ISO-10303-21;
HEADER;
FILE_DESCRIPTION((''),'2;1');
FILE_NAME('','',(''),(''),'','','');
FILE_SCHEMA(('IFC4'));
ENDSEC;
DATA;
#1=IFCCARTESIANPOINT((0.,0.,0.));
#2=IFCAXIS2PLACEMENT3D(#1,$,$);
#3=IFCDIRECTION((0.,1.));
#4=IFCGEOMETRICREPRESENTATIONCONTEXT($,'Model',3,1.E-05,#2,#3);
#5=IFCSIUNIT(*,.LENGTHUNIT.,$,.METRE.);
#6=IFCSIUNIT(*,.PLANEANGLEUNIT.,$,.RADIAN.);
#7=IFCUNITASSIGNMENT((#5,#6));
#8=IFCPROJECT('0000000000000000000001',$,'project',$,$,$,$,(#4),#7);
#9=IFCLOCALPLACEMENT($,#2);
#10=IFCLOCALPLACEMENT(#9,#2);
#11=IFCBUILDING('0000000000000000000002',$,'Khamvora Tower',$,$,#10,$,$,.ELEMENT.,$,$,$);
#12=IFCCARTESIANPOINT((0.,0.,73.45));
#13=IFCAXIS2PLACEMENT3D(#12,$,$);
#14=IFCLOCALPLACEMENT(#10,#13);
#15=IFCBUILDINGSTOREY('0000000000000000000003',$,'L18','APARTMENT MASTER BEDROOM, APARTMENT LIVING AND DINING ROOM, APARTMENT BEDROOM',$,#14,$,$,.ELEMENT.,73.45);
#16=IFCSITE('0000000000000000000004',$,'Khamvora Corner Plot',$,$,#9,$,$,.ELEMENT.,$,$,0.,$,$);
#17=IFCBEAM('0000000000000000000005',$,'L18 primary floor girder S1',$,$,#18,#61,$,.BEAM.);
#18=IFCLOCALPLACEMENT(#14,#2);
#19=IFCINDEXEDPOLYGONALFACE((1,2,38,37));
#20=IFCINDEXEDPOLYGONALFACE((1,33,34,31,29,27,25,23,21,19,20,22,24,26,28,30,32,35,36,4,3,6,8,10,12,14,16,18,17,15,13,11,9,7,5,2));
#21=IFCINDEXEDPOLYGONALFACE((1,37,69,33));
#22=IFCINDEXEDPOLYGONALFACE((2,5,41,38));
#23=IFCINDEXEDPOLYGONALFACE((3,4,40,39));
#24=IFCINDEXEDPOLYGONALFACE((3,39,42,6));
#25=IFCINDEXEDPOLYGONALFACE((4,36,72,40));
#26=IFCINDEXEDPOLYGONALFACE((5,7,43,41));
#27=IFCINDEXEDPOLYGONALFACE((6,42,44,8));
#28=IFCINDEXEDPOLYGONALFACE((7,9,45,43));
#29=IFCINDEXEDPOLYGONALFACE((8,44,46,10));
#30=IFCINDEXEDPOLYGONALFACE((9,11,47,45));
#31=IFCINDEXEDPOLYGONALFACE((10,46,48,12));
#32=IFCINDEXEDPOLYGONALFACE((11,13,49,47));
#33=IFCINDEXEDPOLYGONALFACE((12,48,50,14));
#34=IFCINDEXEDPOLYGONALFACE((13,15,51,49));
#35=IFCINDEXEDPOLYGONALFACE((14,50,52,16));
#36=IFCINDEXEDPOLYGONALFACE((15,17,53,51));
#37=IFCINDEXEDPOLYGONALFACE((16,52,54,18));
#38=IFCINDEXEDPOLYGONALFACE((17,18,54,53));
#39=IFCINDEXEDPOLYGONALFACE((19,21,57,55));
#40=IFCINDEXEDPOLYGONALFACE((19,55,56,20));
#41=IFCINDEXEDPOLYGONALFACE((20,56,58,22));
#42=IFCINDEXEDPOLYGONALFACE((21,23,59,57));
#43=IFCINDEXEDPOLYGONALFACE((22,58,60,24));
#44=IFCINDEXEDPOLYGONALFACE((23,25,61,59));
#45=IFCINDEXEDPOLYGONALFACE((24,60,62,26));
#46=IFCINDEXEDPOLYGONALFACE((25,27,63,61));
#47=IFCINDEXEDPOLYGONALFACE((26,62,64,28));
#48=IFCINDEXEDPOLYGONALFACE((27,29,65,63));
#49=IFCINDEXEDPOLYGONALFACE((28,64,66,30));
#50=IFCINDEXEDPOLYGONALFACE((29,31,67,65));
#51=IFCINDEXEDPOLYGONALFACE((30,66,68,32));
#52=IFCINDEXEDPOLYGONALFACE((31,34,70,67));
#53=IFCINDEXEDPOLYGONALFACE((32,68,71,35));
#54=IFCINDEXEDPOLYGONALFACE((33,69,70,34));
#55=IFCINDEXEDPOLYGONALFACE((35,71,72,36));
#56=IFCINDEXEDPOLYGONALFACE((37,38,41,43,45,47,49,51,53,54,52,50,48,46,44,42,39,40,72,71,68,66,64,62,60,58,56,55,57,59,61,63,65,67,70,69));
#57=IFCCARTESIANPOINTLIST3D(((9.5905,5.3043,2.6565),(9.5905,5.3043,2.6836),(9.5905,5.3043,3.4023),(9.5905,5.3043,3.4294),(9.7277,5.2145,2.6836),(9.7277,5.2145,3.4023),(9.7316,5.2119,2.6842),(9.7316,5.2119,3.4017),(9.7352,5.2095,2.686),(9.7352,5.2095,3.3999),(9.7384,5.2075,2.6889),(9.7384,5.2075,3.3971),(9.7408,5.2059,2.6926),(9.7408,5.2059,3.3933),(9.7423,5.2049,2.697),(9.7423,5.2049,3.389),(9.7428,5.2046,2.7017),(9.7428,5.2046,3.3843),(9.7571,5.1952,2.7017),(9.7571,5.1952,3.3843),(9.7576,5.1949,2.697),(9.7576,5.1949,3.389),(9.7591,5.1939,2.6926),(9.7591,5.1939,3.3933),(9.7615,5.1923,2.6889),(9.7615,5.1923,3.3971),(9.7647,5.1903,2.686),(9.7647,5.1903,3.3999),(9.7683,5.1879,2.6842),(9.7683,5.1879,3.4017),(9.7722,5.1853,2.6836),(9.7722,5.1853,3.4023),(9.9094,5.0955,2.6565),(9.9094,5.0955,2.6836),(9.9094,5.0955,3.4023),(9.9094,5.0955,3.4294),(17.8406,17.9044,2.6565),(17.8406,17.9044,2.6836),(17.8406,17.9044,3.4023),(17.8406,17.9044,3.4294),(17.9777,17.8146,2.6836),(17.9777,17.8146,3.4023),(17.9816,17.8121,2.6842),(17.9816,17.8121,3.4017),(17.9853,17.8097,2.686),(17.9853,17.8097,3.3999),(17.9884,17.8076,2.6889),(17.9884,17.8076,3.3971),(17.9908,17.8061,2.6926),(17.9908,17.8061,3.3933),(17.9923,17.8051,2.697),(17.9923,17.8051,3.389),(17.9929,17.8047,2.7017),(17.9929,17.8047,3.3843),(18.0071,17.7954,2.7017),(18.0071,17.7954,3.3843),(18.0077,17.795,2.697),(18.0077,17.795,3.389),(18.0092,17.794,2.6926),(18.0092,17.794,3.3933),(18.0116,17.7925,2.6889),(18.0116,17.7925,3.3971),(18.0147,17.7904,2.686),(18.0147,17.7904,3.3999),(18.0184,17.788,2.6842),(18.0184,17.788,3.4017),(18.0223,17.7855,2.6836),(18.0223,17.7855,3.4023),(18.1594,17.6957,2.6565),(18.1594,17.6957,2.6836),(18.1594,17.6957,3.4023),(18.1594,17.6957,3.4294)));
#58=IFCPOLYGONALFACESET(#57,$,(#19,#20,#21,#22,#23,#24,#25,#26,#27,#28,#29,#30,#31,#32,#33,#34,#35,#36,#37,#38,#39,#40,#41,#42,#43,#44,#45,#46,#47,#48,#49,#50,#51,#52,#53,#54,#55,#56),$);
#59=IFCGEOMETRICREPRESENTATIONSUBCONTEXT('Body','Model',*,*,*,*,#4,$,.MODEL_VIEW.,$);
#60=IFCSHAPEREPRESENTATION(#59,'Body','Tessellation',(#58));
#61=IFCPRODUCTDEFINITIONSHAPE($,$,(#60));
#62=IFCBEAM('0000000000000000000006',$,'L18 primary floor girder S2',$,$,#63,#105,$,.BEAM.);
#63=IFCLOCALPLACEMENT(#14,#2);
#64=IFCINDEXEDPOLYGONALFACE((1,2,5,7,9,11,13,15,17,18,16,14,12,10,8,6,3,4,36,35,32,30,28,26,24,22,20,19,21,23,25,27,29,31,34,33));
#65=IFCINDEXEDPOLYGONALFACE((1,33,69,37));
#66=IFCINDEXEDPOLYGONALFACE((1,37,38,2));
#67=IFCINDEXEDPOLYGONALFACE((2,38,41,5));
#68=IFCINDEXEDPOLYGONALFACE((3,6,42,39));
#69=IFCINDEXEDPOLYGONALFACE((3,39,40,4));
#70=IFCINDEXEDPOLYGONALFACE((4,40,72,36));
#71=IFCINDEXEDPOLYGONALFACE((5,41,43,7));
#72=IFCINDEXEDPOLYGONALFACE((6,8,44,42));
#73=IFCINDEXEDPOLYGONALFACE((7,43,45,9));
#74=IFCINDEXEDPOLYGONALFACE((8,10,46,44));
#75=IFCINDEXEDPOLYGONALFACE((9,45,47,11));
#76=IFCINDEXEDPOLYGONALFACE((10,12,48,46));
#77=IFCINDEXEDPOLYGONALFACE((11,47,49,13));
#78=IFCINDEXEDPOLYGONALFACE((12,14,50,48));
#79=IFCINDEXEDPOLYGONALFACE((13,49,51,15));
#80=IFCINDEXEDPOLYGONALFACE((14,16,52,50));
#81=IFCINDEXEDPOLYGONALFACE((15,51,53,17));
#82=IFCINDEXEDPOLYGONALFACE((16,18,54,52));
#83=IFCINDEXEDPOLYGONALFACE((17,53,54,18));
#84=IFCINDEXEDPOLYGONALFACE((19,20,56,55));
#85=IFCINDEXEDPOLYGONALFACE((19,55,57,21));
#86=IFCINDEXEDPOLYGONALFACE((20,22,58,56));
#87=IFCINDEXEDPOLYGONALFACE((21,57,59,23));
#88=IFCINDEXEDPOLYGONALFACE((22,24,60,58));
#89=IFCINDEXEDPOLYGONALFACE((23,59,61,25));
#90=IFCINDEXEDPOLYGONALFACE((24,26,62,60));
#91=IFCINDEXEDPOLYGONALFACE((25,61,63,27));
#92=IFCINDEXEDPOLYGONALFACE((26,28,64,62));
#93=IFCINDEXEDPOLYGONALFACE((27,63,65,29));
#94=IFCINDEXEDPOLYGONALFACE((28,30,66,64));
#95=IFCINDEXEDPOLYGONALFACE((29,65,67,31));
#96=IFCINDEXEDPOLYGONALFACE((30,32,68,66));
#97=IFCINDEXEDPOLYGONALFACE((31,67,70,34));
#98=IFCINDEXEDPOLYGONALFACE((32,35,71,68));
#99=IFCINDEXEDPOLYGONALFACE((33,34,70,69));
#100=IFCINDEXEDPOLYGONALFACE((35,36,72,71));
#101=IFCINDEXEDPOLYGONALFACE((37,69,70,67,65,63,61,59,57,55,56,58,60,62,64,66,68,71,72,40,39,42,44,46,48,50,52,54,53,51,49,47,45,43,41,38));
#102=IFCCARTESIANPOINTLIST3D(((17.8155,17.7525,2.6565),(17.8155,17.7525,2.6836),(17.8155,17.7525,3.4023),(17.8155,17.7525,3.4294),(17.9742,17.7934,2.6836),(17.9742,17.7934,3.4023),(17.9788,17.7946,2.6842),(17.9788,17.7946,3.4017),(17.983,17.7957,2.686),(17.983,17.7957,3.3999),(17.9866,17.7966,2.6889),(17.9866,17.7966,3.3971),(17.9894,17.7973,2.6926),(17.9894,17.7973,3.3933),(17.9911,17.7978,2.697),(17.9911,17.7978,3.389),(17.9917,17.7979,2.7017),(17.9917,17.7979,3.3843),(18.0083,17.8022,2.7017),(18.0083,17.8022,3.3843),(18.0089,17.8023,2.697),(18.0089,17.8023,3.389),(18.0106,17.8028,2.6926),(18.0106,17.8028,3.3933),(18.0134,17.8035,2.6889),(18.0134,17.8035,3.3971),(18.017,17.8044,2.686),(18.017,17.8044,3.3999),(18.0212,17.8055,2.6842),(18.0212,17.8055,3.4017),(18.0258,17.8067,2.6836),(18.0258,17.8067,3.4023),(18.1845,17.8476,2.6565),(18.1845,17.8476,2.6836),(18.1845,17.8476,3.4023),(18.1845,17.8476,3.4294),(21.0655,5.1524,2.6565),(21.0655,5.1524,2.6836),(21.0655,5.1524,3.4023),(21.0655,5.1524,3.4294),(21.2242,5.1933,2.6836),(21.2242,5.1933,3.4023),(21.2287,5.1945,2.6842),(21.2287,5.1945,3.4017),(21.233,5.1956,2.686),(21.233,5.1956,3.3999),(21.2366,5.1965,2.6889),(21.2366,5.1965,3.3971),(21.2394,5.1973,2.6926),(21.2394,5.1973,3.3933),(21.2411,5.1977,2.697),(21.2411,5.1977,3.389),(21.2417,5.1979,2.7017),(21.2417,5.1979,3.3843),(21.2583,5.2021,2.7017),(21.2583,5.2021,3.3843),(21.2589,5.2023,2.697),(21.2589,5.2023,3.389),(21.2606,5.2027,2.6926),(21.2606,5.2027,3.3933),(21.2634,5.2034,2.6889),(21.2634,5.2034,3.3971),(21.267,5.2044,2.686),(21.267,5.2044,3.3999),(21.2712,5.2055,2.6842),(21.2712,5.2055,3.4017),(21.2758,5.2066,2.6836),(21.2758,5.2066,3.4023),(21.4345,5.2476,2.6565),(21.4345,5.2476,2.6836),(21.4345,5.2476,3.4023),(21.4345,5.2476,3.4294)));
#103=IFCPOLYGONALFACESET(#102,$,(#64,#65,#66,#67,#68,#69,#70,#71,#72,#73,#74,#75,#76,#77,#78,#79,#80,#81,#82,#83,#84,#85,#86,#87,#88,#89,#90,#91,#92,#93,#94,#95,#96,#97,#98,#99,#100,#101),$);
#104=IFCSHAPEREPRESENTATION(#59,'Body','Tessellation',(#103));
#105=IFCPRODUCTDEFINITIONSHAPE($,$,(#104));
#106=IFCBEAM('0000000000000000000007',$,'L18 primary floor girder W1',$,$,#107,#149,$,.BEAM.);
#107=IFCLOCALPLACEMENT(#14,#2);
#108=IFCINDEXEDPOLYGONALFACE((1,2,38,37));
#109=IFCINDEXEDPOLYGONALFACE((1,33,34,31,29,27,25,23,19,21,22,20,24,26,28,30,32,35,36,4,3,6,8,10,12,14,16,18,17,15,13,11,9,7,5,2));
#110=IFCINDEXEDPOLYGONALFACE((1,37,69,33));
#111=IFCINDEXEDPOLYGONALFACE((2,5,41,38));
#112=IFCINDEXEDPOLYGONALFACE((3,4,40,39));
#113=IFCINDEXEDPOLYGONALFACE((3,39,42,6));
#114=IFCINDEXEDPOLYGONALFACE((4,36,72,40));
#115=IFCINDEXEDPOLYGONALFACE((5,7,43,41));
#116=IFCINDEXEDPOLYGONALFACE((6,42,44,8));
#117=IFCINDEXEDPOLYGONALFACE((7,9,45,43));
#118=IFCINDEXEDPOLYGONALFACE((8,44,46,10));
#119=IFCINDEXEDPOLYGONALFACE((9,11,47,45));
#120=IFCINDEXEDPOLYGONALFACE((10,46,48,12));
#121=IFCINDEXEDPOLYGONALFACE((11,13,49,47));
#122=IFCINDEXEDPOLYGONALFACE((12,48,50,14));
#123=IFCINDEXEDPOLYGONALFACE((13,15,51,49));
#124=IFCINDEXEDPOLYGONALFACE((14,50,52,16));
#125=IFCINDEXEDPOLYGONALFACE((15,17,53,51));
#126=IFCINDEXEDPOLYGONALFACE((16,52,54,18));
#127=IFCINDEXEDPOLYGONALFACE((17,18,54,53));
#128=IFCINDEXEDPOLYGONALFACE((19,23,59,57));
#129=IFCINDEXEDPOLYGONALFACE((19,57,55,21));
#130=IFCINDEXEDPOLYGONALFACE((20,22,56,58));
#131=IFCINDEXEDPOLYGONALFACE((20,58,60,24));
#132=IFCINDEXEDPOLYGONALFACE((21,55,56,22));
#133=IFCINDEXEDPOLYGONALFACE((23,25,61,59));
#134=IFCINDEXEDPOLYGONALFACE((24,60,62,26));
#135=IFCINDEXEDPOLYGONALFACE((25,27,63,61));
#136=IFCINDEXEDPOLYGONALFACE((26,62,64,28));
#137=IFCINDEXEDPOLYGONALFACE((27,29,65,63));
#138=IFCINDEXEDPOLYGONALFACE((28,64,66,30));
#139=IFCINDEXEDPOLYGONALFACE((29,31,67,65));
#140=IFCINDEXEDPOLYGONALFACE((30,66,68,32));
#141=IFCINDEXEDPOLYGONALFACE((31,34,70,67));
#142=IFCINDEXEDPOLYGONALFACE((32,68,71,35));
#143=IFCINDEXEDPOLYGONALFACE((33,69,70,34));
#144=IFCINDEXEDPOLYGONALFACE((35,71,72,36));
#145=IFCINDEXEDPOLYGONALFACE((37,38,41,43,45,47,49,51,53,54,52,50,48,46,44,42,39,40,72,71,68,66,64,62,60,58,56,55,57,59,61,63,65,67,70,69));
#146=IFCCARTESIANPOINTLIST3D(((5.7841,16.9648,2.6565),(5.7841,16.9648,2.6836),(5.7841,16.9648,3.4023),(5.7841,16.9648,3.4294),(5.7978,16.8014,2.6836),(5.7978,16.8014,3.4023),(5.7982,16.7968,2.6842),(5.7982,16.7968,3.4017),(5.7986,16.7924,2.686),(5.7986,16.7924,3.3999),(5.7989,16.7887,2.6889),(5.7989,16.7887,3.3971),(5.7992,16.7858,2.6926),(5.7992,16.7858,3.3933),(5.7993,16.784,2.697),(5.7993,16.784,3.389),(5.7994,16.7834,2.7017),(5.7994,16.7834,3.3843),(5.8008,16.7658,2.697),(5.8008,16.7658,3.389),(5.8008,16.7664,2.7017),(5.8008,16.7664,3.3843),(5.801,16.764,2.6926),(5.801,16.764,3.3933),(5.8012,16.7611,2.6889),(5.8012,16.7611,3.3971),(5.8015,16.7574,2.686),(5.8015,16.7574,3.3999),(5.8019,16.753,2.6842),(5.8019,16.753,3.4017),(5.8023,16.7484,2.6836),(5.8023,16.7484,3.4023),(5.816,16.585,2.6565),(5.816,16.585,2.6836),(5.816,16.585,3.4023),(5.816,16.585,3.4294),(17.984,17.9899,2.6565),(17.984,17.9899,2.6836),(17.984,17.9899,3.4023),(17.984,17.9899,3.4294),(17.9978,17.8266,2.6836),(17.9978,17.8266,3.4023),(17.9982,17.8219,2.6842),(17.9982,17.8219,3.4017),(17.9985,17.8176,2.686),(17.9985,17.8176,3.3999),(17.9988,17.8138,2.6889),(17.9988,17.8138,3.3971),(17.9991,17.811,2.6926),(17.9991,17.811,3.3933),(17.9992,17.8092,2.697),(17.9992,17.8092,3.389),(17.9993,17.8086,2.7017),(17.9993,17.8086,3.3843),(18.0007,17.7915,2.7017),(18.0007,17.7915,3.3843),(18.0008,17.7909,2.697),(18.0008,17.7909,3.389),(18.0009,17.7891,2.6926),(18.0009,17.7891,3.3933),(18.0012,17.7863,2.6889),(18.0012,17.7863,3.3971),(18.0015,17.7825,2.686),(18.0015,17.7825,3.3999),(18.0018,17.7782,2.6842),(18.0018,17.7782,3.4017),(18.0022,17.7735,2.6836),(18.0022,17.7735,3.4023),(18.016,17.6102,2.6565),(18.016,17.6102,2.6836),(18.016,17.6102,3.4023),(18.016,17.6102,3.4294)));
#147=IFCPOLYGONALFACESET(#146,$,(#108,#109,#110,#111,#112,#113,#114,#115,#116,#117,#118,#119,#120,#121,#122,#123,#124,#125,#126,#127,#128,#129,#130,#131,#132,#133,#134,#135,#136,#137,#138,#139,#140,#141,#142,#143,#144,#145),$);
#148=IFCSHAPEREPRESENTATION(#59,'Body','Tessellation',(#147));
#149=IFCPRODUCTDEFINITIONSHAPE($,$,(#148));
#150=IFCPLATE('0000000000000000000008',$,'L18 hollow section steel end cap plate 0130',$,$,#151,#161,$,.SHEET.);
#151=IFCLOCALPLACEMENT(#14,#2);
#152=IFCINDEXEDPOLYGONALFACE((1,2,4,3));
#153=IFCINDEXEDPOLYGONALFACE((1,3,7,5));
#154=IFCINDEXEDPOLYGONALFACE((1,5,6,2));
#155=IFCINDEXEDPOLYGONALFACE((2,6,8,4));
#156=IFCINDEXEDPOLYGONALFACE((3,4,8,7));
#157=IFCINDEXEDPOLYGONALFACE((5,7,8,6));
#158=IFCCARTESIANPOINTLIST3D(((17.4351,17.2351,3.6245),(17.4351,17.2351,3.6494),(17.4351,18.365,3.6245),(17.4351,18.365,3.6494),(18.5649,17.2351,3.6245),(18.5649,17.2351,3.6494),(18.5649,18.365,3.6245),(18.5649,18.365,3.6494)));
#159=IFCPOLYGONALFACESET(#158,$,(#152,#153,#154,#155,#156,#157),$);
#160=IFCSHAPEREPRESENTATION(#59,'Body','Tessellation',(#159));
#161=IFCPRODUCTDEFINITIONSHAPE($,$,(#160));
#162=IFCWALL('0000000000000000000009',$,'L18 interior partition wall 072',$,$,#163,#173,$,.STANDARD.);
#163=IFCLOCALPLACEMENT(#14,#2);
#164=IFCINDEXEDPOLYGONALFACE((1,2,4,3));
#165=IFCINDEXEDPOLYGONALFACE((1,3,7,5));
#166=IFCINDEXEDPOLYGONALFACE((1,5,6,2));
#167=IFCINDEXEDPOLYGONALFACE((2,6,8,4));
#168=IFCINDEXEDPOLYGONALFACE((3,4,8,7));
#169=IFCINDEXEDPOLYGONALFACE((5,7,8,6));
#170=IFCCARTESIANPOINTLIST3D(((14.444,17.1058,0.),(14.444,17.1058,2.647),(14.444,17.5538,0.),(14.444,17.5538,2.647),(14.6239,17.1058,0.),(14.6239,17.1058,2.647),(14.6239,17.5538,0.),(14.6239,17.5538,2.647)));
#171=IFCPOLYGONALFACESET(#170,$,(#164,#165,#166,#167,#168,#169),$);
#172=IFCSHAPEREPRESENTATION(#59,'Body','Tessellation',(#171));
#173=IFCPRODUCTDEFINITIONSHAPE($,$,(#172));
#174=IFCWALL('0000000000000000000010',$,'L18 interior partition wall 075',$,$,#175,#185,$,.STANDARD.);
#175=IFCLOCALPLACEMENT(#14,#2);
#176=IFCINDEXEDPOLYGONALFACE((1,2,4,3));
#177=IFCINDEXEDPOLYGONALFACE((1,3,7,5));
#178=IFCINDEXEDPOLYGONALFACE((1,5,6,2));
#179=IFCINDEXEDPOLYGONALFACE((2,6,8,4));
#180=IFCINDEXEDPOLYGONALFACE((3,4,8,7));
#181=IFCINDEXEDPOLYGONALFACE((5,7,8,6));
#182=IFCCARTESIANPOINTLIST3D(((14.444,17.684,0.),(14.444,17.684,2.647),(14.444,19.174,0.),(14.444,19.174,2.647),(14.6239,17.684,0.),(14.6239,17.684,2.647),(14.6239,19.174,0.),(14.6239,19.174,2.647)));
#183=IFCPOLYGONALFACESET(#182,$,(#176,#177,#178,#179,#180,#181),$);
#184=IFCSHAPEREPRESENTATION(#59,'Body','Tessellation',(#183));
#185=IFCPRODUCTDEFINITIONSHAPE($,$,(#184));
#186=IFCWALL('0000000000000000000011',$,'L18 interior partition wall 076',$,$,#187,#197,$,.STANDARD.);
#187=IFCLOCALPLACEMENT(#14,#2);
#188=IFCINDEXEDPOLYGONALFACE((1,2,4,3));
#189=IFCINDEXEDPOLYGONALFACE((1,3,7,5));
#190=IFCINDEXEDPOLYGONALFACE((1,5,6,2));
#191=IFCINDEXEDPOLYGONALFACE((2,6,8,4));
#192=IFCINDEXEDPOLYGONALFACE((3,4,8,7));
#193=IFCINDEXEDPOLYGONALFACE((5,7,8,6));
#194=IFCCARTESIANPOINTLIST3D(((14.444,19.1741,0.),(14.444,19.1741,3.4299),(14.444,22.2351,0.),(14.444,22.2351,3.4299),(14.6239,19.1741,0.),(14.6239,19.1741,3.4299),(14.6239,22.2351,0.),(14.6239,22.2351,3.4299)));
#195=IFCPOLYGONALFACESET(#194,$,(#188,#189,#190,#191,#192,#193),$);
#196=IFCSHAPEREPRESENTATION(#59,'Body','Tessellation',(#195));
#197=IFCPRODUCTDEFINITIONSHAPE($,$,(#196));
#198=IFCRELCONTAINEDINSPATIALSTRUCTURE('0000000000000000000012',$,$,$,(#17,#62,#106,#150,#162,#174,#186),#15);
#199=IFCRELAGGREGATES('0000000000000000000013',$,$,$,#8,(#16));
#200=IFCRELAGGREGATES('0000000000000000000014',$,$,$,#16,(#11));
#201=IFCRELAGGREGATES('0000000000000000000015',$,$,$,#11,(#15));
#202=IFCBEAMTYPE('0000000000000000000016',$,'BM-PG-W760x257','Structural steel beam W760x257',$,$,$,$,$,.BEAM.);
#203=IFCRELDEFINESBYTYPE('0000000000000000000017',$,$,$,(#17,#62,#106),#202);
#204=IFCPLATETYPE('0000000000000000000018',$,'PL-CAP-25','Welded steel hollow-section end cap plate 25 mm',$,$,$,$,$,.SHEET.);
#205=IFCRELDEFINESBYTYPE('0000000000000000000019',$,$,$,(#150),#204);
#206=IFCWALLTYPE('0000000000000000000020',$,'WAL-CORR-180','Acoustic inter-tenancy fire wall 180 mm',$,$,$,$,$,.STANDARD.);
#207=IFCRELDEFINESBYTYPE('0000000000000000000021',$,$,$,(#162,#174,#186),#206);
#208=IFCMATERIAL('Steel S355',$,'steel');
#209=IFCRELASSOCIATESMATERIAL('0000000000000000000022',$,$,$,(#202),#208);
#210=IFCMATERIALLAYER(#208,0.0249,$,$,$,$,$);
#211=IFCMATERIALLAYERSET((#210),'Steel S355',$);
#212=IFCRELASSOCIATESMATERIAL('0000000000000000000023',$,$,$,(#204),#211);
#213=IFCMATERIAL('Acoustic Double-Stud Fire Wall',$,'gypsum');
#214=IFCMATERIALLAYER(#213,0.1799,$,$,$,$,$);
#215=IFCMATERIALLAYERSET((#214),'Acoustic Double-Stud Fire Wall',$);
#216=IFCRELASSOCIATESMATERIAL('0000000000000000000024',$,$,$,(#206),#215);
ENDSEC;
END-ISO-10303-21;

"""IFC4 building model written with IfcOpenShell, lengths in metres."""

from ifc_helpers import new_model, si_unit, direction, frame, frame_2d, origin, origin_2d, place, context, subcontext, project, spatial, rectangle, i_section, extrude, material, layer, layer_set, material_profile, profile_set, type_object, element, save


model = new_model("IFC4")

# Units and contexts
model_context = context("Model", 3, precision=1e-05, world=origin(), true_north=direction((0.0, 1.0)))
body_context = subcontext(model_context, "Body", "Model", "MODEL_VIEW")
ifc_project = project(units=[si_unit("LENGTHUNIT", "METRE"), si_unit("PLANEANGLEUNIT", "RADIAN")], contexts=[model_context])

# Site, building, storey
site_placement = place(None, origin())
site = spatial("IfcSite", under=ifc_project, at=site_placement, Name="Khamvora Corner Plot", CompositionType="ELEMENT", RefElevation=0.0)
building_placement = place(site_placement, origin())
building = spatial("IfcBuilding", under=site, at=building_placement, Name="Khamvora Tower", CompositionType="ELEMENT")
storey_placement = place(building_placement, frame((0.0, 0.0, 73.45)))
storey = spatial("IfcBuildingStorey", under=building, at=storey_placement, Name="L18", Description="APARTMENT MASTER BEDROOM, APARTMENT LIVING AND DINING ROOM, APARTMENT BEDROOM", CompositionType="ELEMENT", Elevation=73.45)

# Beams
ifc_material_1 = material(Name="Steel S355", Category="steel")
ifc_material_profile_1 = material_profile(ifc_material_1, i_section(OverallWidth=0.3811, OverallDepth=0.7729, WebThickness=0.0171, FlangeThickness=0.0271, FilletRadius=0.0181, at=origin_2d()), Name="W760x257")
ifc_profile_set_1 = profile_set([ifc_material_profile_1], Name="Steel S355")
beam_type_1 = type_object("IfcBeamType", Name="BM-PG-W760x257", Description="Structural steel beam W760x257", PredefinedType="BEAM", material=ifc_profile_set_1)
beam_1_placement = place(storey_placement, frame((18.0, 17.8, 3.043), z_axis=(-0.547783, -0.83662, 0.0), x_axis=(0.83662, -0.547783, 0.0)))
element("IfcBeam", 1, at=beam_1_placement, inside=storey, type_object=beam_type_1, Name="L18 primary floor girder S1", PredefinedType="BEAM", context=body_context, shape_type="SweptSolid", body=[
    extrude(i_section(OverallWidth=0.3811, OverallDepth=0.7729, WebThickness=0.0171, FlangeThickness=0.0271, FilletRadius=0.0181, at=origin_2d()), origin(), (0.0, 0.0, 1.0), 15.0608),
])
beam_2_placement = place(storey_placement, frame((18.0, 17.8, 3.043), z_axis=(0.24976, -0.968308, 0.0), x_axis=(0.968308, 0.24976, 0.0)))
element("IfcBeam", 2, at=beam_2_placement, inside=storey, type_object=beam_type_1, Name="L18 primary floor girder S2", PredefinedType="BEAM", context=body_context, shape_type="SweptSolid", body=[
    extrude(i_section(OverallWidth=0.3811, OverallDepth=0.7729, WebThickness=0.0171, FlangeThickness=0.0271, FilletRadius=0.0181, at=origin_2d()), origin(), (0.0, 0.0, 1.0), 13.0125),
])
beam_3_placement = place(storey_placement, frame((18.0, 17.8, 3.043), z_axis=(-0.996488, -0.083734, 0.0), x_axis=(0.083734, -0.996488, 0.0)))
element("IfcBeam", 3, at=beam_3_placement, inside=storey, type_object=beam_type_1, Name="L18 primary floor girder W1", PredefinedType="BEAM", context=body_context, shape_type="SweptSolid", body=[
    extrude(i_section(OverallWidth=0.3811, OverallDepth=0.7729, WebThickness=0.0171, FlangeThickness=0.0271, FilletRadius=0.0181, at=origin_2d()), origin(), (0.0, 0.0, 1.0), 12.2429),
])

# Plate
ifc_layer_1 = layer(ifc_material_1, 0.0249)
ifc_layer_set_1 = layer_set([ifc_layer_1], Name="Steel S355")
plate_type = type_object("IfcPlateType", Name="PL-CAP-25", Description="Welded steel hollow-section end cap plate 25 mm", PredefinedType="SHEET", material=ifc_layer_set_1)
plate_placement = place(storey_placement, frame((18.0, 17.8, 3.6245), z_axis=(0.0, 0.0, 1.0), x_axis=(1.0, 0.0, 0.0)))
element("IfcPlate", 4, at=plate_placement, inside=storey, type_object=plate_type, Name="L18 hollow section steel end cap plate 0130", PredefinedType="SHEET", context=body_context, shape_type="SweptSolid", body=[
    extrude(rectangle(XDim=1.1299, YDim=1.1299, at=origin_2d()), origin(), (0.0, 0.0, 1.0), 0.0249),
])

# Walls
ifc_material_2 = material(Name="Acoustic Double-Stud Fire Wall", Category="gypsum")
ifc_layer_2 = layer(ifc_material_2, 0.1799)
ifc_layer_set_2 = layer_set([ifc_layer_2], Name="Acoustic Double-Stud Fire Wall")
wall_type_1 = type_object("IfcWallType", Name="WAL-CORR-180", Description="Acoustic inter-tenancy fire wall 180 mm", PredefinedType="STANDARD", material=ifc_layer_set_2)
wall_1_placement = place(storey_placement, frame((14.5339, 17.554, 0.0), z_axis=(0.0, 0.0, 1.0), x_axis=(0.0, -1.0, 0.0)))
element("IfcWall", 5, at=wall_1_placement, inside=storey, type_object=wall_type_1, Name="L18 interior partition wall 072", PredefinedType="STANDARD", context=body_context, shape_type="SweptSolid", body=[
    extrude(rectangle(XDim=0.448, YDim=0.1799, at=frame_2d((0.2241, 0.0))), origin(), (0.0, 0.0, 1.0), 2.647),
])
wall_2_placement = place(storey_placement, frame((14.5339, 19.1741, 0.0), z_axis=(0.0, 0.0, 1.0), x_axis=(0.0, -1.0, 0.0)))
element("IfcWall", 6, at=wall_2_placement, inside=storey, type_object=wall_type_1, Name="L18 interior partition wall 075", PredefinedType="STANDARD", context=body_context, shape_type="SweptSolid", body=[
    extrude(rectangle(XDim=1.49, YDim=0.1799, at=frame_2d((0.7451, 0.0))), origin(), (0.0, 0.0, 1.0), 2.647),
])
wall_3_placement = place(storey_placement, frame((14.5339, 22.2351, 0.0), z_axis=(0.0, 0.0, 1.0), x_axis=(0.0, -1.0, 0.0)))
element("IfcWall", 7, at=wall_3_placement, inside=storey, type_object=wall_type_1, Name="L18 interior partition wall 076", PredefinedType="STANDARD", context=body_context, shape_type="SweptSolid", body=[
    extrude(rectangle(XDim=3.061, YDim=0.1799, at=frame_2d((1.5305, 0.0))), origin(), (0.0, 0.0, 1.0), 3.4299),
])

save(model, "model.ifc")
